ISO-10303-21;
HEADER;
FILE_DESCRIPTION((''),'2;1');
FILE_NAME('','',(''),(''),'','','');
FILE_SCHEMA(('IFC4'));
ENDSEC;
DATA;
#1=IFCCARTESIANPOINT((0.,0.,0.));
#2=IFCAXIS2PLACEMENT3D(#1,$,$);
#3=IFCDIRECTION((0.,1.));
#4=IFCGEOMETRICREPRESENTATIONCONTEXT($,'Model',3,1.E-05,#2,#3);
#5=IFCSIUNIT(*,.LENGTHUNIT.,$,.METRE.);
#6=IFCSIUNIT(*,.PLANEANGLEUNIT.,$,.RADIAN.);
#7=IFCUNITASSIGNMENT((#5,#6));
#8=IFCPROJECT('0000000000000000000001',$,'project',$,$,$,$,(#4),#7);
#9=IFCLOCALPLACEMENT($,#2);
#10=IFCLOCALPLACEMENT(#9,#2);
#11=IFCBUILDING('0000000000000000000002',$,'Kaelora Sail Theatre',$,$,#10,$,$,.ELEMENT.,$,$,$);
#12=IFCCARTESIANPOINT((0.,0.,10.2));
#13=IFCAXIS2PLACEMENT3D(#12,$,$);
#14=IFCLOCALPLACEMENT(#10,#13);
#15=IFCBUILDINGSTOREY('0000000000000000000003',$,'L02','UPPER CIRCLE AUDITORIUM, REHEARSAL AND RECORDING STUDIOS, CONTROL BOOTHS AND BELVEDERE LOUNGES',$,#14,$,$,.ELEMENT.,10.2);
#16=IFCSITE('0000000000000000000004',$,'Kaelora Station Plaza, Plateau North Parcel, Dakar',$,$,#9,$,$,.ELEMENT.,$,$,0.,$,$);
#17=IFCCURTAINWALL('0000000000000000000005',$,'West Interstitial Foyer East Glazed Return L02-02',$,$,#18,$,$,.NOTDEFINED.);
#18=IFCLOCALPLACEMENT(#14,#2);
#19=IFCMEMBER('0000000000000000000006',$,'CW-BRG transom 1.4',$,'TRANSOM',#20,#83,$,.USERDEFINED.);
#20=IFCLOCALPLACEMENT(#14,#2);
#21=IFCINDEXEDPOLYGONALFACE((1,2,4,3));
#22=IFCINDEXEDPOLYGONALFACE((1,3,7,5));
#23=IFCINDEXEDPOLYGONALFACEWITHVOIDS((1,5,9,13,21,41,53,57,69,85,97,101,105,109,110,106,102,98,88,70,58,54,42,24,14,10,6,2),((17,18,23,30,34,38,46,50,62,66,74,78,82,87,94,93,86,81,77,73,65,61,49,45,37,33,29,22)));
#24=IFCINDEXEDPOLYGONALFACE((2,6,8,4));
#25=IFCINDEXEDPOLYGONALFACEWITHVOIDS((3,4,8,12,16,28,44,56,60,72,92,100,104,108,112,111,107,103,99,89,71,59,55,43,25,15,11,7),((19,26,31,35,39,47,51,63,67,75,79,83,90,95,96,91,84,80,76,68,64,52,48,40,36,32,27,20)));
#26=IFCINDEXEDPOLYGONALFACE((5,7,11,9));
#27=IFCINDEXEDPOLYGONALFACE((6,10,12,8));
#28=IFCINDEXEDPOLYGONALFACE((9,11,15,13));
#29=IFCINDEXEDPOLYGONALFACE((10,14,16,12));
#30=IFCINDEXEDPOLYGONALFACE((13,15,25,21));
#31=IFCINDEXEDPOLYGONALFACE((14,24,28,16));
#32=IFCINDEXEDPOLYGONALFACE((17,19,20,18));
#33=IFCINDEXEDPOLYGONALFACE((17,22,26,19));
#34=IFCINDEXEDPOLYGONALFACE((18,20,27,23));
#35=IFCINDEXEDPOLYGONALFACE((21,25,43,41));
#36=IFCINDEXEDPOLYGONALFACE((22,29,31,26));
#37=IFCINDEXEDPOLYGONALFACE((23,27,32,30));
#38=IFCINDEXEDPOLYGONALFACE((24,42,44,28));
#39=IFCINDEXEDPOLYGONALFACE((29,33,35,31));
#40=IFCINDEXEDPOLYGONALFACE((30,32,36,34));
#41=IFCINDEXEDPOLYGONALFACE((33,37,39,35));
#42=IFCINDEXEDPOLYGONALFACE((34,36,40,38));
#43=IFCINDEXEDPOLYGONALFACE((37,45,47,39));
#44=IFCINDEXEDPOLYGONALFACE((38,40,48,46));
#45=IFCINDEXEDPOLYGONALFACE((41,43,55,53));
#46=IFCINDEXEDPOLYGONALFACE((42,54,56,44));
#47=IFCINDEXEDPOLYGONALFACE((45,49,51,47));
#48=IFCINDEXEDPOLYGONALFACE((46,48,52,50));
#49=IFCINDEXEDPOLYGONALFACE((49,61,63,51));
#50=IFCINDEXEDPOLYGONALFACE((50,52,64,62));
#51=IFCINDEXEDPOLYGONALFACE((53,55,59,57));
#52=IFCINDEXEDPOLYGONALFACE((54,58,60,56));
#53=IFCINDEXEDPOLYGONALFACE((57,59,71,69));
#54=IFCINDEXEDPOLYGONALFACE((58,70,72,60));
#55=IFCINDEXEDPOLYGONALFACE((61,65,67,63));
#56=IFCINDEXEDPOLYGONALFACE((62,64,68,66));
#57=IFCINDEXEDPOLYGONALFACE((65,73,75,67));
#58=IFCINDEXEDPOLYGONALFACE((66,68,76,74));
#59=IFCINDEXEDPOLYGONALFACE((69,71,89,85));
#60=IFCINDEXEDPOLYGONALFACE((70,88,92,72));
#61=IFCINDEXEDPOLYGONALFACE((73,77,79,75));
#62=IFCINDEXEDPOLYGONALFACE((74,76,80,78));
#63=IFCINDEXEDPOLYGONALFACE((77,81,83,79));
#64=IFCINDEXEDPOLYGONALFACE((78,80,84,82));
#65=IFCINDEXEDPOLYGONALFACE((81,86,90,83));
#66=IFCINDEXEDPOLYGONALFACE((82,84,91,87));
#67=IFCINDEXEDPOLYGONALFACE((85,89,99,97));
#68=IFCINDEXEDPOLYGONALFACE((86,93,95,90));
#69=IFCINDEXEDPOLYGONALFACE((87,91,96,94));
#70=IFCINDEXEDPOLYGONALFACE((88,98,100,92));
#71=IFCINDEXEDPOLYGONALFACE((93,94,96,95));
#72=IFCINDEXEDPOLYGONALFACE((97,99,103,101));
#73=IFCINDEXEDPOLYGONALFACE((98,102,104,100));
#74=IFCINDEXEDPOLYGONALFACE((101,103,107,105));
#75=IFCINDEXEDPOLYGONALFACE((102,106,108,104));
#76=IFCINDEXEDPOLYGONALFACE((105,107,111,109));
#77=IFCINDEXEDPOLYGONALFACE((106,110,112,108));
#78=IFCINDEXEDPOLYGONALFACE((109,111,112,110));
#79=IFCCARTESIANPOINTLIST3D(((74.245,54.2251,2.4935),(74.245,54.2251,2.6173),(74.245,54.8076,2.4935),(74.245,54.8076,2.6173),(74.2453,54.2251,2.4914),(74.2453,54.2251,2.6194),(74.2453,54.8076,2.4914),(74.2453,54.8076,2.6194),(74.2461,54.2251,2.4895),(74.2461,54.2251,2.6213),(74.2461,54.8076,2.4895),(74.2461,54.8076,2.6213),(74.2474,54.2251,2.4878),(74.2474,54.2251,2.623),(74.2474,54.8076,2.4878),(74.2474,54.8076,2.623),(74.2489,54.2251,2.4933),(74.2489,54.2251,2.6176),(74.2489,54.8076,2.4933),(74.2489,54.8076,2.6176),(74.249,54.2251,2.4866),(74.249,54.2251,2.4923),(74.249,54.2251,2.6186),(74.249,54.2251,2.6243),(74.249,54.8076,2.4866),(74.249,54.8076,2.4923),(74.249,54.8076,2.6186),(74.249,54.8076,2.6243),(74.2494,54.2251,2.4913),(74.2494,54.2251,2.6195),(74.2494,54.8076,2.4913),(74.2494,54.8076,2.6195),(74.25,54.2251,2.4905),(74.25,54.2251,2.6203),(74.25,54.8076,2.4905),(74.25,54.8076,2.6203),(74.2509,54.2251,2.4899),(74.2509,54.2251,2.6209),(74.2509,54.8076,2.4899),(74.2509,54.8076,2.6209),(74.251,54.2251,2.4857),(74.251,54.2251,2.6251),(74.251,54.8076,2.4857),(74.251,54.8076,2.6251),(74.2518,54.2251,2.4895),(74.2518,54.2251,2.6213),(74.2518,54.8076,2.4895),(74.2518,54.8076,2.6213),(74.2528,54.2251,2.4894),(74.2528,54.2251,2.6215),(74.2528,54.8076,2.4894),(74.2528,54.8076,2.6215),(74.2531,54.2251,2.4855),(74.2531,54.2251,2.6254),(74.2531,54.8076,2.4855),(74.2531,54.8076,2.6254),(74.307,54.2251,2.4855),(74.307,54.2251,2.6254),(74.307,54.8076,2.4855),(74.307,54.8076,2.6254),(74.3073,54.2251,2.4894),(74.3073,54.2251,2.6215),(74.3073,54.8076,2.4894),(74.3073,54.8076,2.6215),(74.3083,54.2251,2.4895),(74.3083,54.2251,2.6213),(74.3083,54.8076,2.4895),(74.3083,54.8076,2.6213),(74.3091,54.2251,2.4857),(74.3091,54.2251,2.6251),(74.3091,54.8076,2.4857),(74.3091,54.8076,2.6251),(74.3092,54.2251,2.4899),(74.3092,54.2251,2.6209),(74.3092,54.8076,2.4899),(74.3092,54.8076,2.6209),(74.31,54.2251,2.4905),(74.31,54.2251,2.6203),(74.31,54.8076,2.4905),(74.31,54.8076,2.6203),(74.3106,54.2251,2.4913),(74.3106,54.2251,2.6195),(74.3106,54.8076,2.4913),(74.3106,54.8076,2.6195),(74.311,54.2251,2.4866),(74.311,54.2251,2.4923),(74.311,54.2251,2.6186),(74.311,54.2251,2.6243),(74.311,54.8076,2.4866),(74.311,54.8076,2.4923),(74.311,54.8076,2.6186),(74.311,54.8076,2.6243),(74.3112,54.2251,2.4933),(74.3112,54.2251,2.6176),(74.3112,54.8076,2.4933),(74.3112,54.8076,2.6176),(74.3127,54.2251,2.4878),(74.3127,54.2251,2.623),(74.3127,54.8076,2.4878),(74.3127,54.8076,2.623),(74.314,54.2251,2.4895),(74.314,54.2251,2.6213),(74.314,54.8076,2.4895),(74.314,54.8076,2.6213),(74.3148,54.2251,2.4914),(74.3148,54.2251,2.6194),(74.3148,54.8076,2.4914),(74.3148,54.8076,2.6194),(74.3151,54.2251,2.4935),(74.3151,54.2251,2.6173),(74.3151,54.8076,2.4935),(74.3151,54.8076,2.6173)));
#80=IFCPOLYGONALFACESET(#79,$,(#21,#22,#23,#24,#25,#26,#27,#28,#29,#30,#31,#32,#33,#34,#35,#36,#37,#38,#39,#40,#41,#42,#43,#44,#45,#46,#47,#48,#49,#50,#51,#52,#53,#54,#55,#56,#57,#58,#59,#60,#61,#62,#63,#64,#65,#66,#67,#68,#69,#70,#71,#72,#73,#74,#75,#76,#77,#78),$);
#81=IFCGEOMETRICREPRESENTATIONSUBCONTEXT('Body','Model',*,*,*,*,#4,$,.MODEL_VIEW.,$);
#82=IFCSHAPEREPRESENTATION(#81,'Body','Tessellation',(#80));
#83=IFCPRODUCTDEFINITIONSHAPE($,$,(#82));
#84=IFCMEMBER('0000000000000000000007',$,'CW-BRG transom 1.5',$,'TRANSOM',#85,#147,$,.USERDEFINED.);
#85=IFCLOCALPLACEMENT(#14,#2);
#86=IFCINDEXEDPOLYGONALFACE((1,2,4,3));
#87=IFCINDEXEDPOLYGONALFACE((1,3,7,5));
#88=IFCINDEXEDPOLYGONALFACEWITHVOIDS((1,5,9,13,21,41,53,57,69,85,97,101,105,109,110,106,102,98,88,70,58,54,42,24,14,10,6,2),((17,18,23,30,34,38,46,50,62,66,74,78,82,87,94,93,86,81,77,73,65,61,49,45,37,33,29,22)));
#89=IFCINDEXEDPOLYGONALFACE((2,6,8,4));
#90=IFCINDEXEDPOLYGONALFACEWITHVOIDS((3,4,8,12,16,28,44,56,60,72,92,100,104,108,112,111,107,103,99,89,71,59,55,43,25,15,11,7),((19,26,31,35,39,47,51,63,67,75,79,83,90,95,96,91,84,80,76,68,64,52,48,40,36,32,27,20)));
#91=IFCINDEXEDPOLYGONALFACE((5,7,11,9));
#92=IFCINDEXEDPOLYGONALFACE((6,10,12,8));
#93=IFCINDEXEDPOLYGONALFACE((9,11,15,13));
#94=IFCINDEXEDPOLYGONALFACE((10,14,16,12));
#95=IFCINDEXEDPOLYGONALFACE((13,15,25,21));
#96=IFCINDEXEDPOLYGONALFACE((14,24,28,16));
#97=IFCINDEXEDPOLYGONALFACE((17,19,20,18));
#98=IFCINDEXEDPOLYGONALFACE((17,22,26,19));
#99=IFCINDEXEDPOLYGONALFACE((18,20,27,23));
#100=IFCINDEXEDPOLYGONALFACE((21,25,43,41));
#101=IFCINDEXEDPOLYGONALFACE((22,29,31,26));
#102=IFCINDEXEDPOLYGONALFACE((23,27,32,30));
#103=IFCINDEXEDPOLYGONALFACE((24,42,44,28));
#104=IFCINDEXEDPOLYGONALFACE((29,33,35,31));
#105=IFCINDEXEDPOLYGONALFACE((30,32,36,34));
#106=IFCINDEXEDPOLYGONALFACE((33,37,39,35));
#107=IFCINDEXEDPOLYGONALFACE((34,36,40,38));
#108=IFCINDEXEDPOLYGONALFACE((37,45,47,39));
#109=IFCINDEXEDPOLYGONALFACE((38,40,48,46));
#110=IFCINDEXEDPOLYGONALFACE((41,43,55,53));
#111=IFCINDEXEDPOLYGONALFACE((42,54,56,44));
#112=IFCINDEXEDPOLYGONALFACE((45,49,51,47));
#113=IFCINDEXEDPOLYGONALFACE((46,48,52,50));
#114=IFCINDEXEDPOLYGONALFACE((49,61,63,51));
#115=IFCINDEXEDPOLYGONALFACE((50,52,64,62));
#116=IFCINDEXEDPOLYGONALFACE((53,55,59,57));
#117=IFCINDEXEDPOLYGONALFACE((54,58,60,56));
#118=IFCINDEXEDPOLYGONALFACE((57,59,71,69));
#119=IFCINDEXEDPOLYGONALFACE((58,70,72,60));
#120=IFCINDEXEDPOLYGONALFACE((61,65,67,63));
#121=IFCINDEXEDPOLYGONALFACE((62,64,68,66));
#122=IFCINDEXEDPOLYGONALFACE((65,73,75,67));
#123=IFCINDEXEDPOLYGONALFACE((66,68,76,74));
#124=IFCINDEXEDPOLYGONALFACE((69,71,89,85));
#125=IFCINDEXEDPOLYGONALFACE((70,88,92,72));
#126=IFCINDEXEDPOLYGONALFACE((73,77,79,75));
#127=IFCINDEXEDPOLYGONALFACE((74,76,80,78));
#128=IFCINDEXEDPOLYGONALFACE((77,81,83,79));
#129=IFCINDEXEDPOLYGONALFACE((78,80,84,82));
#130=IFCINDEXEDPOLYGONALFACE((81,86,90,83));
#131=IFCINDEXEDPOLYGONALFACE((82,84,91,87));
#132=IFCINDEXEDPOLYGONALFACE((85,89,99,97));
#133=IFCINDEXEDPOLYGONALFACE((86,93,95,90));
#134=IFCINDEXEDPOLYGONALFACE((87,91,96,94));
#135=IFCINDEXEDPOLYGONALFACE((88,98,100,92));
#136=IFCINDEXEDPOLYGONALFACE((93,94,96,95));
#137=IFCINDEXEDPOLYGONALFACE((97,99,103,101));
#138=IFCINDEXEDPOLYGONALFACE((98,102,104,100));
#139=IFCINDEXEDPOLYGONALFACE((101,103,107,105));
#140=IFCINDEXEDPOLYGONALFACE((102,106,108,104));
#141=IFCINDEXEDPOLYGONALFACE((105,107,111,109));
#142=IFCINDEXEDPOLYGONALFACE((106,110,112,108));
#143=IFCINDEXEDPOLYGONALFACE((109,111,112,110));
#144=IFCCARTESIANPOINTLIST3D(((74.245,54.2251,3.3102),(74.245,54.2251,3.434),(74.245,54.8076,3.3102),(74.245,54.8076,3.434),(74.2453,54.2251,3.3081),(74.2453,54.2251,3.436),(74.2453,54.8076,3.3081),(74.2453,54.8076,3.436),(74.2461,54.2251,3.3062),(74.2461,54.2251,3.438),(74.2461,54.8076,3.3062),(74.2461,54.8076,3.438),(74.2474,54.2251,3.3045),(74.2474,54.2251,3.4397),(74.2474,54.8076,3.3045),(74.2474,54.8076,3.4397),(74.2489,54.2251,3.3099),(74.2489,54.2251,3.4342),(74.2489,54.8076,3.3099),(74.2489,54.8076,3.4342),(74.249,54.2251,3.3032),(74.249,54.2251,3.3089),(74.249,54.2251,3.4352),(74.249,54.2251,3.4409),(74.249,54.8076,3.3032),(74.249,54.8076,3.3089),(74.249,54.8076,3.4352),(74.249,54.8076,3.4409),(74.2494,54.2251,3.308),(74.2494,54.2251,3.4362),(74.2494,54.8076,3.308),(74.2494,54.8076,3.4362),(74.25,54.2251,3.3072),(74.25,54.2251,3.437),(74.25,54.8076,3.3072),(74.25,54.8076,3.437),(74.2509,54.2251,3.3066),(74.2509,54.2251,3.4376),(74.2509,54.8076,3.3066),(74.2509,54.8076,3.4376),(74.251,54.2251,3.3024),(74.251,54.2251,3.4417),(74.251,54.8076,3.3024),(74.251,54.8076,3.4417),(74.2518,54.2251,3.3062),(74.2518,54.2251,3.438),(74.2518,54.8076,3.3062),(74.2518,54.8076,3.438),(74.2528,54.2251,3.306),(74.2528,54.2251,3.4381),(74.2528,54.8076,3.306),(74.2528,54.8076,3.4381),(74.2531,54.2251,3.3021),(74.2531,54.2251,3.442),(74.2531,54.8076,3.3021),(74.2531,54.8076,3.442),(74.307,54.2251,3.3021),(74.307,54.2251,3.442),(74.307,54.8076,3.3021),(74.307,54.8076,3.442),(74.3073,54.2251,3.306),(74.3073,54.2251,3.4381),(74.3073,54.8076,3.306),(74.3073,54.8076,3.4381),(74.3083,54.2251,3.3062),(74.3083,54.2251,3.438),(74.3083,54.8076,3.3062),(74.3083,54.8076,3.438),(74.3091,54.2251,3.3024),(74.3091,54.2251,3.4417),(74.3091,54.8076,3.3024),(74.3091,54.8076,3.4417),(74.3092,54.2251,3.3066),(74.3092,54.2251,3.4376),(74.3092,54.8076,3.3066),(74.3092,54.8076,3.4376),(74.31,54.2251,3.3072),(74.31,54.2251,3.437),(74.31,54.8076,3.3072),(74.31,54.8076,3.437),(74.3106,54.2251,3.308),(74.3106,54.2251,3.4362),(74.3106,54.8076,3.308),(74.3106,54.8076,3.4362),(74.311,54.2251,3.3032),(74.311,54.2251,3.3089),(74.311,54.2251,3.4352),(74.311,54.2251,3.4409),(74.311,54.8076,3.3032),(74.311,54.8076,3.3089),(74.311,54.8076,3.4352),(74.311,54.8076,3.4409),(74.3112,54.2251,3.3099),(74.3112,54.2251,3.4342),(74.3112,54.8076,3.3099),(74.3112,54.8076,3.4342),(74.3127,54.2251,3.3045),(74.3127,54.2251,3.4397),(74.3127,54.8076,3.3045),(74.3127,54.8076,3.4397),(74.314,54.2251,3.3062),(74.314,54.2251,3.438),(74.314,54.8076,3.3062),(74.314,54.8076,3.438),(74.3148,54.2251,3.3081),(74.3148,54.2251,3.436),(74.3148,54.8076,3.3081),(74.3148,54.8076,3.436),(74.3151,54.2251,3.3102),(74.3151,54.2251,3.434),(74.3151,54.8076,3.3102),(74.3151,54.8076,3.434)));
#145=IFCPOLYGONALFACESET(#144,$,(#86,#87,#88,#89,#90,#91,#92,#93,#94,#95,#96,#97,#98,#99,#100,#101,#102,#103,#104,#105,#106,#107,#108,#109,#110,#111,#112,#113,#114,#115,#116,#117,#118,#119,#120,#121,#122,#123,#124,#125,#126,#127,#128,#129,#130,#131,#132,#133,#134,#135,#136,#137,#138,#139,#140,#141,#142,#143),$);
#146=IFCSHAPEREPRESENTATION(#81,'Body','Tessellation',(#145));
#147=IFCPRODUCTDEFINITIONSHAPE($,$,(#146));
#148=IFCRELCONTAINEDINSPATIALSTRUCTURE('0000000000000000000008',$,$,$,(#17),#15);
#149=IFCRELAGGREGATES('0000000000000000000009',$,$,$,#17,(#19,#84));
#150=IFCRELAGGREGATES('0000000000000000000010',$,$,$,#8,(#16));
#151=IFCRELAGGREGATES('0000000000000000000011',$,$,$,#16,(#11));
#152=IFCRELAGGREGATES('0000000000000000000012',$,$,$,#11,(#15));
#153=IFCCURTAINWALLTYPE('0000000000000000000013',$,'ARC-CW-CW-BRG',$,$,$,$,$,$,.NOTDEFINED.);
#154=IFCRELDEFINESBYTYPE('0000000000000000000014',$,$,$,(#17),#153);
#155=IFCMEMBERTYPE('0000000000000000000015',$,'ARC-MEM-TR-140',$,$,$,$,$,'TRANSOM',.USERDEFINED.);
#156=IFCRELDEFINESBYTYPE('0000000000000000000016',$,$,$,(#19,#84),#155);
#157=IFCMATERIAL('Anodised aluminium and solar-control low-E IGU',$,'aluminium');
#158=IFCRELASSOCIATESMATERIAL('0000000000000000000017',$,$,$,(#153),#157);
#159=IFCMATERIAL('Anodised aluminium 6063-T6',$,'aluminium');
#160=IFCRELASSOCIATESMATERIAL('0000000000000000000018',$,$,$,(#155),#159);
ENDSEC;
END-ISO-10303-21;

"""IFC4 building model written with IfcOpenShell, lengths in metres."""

from ifc_helpers import new_model, si_unit, direction, frame, origin, origin_2d, place, context, subcontext, project, spatial, hollow_rectangle, extrude, material, material_profile, profile_set, type_object, element, aggregate, save


model = new_model("IFC4")

# Units and contexts
model_context = context("Model", 3, precision=1e-05, world=origin(), true_north=direction((0.0, 1.0)))
body_context = subcontext(model_context, "Body", "Model", "MODEL_VIEW")
ifc_project = project(units=[si_unit("LENGTHUNIT", "METRE"), si_unit("PLANEANGLEUNIT", "RADIAN")], contexts=[model_context])

# Site, building, storey
site_placement = place(None, origin())
site = spatial("IfcSite", under=ifc_project, at=site_placement, Name="Kaelora Station Plaza, Plateau North Parcel, Dakar", CompositionType="ELEMENT", RefElevation=0.0)
building_placement = place(site_placement, origin())
building = spatial("IfcBuilding", under=site, at=building_placement, Name="Kaelora Sail Theatre", CompositionType="ELEMENT")
storey_placement = place(building_placement, frame((0.0, 0.0, 10.2)))
storey = spatial("IfcBuildingStorey", under=building, at=storey_placement, Name="L02", Description="UPPER CIRCLE AUDITORIUM, REHEARSAL AND RECORDING STUDIOS, CONTROL BOOTHS AND BELVEDERE LOUNGES", CompositionType="ELEMENT", Elevation=10.2)

# Curtain wall, members
ifc_material_1 = material(Name="Anodised aluminium and solar-control low-E IGU", Category="aluminium")
curtain_wall_type = type_object("IfcCurtainWallType", Name="ARC-CW-CW-BRG", PredefinedType="NOTDEFINED", material=ifc_material_1)
ifc_material_2 = material(Name="Anodised aluminium 6063-T6", Category="aluminium")
ifc_material_profile_1 = material_profile(ifc_material_2, hollow_rectangle(XDim=0.0701, YDim=0.1399, WallThickness=0.0039, InnerFilletRadius=0.0039, OuterFilletRadius=0.0081, at=origin_2d()), Name="ALU-TRAN 70x140x4")
ifc_profile_set_1 = profile_set([ifc_material_profile_1], Name="Anodised aluminium 6063-T6")
member_type_1 = type_object("IfcMemberType", Name="ARC-MEM-TR-140", ElementType="TRANSOM", PredefinedType="USERDEFINED", material=ifc_profile_set_1)
curtain_wall_1_placement = place(storey_placement, origin())
curtain_wall_1 = element("IfcCurtainWall", 1, at=curtain_wall_1_placement, inside=storey, type_object=curtain_wall_type, Name="West Interstitial Foyer East Glazed Return L02-02", PredefinedType="NOTDEFINED")
member_1_placement = place(storey_placement, frame((74.28, 54.2251, 2.5554), z_axis=(0.0, 1.0, 0.0), x_axis=(-1.0, 0.0, 0.0)))
member_1 = element("IfcMember", 2, at=member_1_placement, type_object=member_type_1, Name="CW-BRG transom 1.4", ObjectType="TRANSOM", PredefinedType="USERDEFINED", context=body_context, shape_type="SweptSolid", body=[
    extrude(hollow_rectangle(XDim=0.0701, YDim=0.1399, WallThickness=0.0039, InnerFilletRadius=0.0039, OuterFilletRadius=0.0081, at=origin_2d()), origin(), (0.0, 0.0, 1.0), 0.5825),
])
member_2_placement = place(storey_placement, frame((74.28, 54.2251, 3.3721), z_axis=(0.0, 1.0, 0.0), x_axis=(-1.0, 0.0, 0.0)))
member_2 = element("IfcMember", 3, at=member_2_placement, type_object=member_type_1, Name="CW-BRG transom 1.5", ObjectType="TRANSOM", PredefinedType="USERDEFINED", context=body_context, shape_type="SweptSolid", body=[
    extrude(hollow_rectangle(XDim=0.0701, YDim=0.1399, WallThickness=0.0039, InnerFilletRadius=0.0039, OuterFilletRadius=0.0081, at=origin_2d()), origin(), (0.0, 0.0, 1.0), 0.5825),
])

aggregate(curtain_wall_1, [member_1, member_2])

save(model, "model.ifc")
